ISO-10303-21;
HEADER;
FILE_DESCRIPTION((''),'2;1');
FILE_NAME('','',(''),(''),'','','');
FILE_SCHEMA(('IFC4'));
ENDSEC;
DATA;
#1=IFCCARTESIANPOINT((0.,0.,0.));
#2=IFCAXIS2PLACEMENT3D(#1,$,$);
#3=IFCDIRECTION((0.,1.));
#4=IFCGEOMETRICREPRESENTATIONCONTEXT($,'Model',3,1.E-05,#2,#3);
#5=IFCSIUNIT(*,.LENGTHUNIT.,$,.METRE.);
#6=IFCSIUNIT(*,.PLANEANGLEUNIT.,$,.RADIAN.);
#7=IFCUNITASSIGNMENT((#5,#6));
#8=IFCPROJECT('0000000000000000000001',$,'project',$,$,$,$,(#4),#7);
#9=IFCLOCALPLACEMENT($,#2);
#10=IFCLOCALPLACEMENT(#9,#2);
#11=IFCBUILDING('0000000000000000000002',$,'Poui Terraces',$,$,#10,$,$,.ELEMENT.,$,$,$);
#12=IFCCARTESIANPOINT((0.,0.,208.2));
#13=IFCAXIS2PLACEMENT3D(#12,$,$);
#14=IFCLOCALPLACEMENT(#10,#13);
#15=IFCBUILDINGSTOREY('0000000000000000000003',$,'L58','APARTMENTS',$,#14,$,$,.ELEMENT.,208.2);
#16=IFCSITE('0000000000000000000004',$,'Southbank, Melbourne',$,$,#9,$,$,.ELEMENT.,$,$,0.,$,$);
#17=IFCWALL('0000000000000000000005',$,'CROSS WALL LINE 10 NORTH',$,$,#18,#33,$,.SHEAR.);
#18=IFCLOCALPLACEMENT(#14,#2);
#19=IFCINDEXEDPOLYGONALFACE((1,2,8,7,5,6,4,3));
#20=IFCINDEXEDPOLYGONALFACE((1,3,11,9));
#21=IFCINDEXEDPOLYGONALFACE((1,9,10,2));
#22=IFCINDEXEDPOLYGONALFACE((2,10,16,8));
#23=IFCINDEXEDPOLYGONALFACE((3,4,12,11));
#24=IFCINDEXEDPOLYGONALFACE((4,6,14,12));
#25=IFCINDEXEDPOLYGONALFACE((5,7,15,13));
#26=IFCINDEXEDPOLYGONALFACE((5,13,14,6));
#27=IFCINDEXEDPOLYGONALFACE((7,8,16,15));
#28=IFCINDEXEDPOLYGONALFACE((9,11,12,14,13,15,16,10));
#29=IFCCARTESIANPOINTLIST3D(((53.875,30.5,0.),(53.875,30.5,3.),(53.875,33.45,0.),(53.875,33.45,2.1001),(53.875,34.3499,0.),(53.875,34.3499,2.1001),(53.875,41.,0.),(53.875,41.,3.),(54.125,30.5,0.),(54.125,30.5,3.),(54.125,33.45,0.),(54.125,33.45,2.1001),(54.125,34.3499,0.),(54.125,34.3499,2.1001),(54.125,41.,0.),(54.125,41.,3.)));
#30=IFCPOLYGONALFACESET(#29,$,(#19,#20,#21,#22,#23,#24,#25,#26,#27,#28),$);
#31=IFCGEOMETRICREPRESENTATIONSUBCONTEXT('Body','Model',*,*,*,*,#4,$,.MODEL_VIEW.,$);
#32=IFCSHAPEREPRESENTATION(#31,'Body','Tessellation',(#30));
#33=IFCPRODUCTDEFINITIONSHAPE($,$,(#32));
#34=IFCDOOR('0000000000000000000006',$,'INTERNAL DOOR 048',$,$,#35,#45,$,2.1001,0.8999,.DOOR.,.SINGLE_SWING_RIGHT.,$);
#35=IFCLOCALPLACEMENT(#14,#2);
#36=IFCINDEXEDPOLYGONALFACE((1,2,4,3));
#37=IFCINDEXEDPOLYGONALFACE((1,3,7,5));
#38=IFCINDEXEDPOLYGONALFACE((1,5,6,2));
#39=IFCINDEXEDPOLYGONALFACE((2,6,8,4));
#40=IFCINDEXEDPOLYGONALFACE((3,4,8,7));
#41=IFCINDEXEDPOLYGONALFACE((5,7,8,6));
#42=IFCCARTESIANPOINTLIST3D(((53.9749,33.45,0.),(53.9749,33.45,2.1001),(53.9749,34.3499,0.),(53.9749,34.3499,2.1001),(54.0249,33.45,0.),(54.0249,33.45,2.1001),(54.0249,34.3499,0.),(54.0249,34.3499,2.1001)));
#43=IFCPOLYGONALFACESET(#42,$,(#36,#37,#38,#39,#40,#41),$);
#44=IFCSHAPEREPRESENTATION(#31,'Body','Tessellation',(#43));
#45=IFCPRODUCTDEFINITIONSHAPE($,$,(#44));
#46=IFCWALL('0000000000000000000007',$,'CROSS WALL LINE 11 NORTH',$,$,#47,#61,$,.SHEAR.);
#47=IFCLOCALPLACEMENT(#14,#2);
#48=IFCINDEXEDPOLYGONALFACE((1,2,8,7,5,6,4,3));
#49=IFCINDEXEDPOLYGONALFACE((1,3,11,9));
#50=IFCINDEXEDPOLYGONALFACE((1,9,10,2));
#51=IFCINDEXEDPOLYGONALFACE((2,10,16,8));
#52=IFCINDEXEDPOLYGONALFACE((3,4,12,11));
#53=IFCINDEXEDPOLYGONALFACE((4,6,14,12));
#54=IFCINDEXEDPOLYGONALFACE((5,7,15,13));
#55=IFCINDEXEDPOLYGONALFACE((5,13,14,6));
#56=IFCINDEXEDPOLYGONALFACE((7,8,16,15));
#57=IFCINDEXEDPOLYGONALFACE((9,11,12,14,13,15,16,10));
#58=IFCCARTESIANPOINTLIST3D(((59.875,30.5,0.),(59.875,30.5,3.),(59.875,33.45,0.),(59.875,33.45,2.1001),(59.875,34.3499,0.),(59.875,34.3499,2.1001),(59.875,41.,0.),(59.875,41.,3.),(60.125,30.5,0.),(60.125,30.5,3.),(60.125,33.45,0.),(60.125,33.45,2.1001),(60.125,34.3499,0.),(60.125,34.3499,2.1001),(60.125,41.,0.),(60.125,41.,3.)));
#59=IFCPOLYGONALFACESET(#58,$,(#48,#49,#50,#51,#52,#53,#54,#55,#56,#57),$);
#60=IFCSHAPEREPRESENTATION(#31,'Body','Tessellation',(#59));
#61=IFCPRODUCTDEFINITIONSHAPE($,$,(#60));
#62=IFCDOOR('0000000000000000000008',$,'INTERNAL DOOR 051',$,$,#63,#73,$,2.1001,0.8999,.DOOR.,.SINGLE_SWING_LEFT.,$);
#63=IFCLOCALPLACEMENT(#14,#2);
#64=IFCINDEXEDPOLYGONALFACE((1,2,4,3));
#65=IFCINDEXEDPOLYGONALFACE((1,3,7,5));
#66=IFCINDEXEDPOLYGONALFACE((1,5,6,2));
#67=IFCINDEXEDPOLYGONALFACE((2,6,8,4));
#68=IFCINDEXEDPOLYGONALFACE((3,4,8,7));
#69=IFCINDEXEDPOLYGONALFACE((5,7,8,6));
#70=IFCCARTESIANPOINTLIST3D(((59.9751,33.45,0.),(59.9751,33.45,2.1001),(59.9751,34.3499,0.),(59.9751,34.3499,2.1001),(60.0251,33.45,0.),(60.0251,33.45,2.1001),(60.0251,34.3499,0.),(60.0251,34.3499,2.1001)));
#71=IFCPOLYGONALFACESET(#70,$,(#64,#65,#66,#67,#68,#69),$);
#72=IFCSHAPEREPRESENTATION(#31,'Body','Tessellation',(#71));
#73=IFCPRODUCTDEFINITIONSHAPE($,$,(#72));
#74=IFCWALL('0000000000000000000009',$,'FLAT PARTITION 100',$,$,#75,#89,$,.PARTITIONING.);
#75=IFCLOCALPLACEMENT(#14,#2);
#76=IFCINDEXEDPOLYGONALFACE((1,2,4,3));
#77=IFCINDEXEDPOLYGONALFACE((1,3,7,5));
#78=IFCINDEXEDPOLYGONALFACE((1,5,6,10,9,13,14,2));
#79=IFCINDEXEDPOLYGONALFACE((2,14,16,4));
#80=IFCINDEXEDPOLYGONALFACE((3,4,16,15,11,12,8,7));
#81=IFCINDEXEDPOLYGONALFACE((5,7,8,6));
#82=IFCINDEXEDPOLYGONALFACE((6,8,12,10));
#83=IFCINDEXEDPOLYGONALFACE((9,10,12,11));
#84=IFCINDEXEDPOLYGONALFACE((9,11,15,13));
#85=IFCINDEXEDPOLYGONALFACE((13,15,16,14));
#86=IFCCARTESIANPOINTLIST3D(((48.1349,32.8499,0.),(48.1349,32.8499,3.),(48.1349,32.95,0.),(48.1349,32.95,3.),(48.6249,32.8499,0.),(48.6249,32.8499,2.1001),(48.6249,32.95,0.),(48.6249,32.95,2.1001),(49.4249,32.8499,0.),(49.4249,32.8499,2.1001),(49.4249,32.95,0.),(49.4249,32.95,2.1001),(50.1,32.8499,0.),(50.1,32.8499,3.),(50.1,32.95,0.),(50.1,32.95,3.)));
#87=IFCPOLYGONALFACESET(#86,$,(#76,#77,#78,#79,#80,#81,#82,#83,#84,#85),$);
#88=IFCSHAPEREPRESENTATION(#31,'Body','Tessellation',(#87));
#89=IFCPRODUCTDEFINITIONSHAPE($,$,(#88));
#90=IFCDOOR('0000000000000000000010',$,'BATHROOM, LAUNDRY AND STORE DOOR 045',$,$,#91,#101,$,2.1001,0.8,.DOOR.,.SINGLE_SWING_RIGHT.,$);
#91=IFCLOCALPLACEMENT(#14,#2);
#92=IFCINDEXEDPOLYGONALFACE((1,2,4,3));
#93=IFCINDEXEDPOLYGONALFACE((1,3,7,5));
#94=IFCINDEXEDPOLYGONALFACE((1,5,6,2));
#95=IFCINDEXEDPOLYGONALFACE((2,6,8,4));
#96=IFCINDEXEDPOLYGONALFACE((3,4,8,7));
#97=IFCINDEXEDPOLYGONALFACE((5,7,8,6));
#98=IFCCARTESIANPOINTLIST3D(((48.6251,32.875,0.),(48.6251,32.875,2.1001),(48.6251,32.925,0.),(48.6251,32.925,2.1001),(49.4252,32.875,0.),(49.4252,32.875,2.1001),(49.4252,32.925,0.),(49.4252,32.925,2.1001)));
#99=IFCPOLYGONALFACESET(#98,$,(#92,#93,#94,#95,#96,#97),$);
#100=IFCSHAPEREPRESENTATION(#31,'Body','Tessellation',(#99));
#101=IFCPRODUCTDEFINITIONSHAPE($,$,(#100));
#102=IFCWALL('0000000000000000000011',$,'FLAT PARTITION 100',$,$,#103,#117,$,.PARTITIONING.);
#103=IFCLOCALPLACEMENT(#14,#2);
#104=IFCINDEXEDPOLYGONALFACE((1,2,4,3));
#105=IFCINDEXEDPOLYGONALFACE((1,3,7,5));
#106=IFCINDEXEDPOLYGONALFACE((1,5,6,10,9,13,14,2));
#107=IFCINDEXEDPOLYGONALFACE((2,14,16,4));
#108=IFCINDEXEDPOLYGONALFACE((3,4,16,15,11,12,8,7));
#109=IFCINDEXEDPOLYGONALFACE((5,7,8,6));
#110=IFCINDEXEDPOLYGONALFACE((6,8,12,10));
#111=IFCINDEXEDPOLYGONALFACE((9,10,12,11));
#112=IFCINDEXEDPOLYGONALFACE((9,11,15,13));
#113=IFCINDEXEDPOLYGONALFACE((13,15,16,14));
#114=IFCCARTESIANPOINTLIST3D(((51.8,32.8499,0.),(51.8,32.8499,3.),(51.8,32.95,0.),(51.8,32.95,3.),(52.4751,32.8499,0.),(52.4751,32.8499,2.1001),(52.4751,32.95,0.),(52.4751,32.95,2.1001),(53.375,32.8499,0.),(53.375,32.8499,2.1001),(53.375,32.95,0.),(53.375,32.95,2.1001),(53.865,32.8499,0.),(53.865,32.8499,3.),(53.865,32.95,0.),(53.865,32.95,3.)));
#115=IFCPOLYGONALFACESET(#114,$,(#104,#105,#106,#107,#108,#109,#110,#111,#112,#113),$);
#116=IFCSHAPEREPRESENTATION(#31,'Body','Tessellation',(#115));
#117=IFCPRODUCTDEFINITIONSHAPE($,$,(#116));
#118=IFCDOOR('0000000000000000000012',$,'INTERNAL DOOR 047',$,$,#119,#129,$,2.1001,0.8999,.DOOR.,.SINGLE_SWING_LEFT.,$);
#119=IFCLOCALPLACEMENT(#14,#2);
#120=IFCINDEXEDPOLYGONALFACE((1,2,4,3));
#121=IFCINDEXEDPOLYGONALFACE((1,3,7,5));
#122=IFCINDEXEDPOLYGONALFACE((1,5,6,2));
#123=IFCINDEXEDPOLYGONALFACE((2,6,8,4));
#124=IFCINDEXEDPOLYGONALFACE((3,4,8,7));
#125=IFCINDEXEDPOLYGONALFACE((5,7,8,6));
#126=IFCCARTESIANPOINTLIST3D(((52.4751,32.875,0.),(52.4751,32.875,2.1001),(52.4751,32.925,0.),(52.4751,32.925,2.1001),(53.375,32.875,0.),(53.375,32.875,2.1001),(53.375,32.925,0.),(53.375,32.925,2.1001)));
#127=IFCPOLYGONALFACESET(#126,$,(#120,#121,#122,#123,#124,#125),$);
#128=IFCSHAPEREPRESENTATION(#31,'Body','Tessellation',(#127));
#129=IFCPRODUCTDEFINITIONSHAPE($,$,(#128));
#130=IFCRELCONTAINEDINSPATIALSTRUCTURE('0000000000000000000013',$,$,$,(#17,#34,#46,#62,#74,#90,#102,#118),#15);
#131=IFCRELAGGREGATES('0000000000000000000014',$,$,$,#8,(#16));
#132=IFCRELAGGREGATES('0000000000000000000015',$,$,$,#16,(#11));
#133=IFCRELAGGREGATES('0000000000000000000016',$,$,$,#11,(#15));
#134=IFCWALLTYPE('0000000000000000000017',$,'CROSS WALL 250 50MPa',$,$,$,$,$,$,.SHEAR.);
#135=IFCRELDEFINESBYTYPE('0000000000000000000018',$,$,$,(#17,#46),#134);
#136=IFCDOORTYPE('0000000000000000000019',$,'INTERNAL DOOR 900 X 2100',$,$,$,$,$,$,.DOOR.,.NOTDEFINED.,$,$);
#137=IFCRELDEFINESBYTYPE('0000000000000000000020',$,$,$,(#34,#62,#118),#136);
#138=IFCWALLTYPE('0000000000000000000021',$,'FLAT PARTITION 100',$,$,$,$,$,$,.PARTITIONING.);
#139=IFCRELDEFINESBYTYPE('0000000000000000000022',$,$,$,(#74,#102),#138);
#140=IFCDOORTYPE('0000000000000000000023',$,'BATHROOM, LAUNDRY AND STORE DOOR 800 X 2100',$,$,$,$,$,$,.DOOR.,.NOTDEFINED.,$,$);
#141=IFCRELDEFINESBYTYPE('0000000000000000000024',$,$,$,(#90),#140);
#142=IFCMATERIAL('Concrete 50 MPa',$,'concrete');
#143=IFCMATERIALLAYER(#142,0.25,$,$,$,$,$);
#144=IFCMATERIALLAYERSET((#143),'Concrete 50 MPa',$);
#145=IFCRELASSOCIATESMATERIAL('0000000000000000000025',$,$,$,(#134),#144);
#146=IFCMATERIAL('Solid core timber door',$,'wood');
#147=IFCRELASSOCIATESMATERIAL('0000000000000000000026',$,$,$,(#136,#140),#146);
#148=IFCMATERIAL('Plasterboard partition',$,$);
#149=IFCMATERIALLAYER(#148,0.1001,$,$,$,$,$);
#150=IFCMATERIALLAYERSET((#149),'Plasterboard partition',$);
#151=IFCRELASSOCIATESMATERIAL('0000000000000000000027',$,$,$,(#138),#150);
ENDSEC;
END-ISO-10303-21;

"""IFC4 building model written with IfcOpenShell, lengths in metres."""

from ifc_helpers import new_model, si_unit, direction, frame, frame_2d, origin, place, context, subcontext, project, spatial, rectangle, extrude, material, layer, layer_set, type_object, element, fill, save


model = new_model("IFC4")

# Units and contexts
model_context = context("Model", 3, precision=1e-05, world=origin(), true_north=direction((0.0, 1.0)))
body_context = subcontext(model_context, "Body", "Model", "MODEL_VIEW")
ifc_project = project(units=[si_unit("LENGTHUNIT", "METRE"), si_unit("PLANEANGLEUNIT", "RADIAN")], contexts=[model_context])

# Site, building, storey
site_placement = place(None, origin())
site = spatial("IfcSite", under=ifc_project, at=site_placement, Name="Southbank, Melbourne", CompositionType="ELEMENT", RefElevation=0.0)
building_placement = place(site_placement, origin())
building = spatial("IfcBuilding", under=site, at=building_placement, Name="Poui Terraces", CompositionType="ELEMENT")
storey_placement = place(building_placement, frame((0.0, 0.0, 208.2)))
storey = spatial("IfcBuildingStorey", under=building, at=storey_placement, Name="L58", Description="APARTMENTS", CompositionType="ELEMENT", Elevation=208.2)

# Walls, openings, doors
ifc_material_1 = material(Name="Concrete 50 MPa", Category="concrete")
ifc_layer_1 = layer(ifc_material_1, 0.25)
ifc_layer_set_1 = layer_set([ifc_layer_1], Name="Concrete 50 MPa")
wall_type_1 = type_object("IfcWallType", Name="CROSS WALL 250 50MPa", PredefinedType="SHEAR", material=ifc_layer_set_1)
wall_1_placement = place(storey_placement, frame((54.0, 30.5, 0.0), z_axis=(0.0, 0.0, 1.0), x_axis=(0.0, 1.0, 0.0)))
wall_1 = element("IfcWall", 1, at=wall_1_placement, inside=storey, type_object=wall_type_1, Name="CROSS WALL LINE 10 NORTH", PredefinedType="SHEAR", context=body_context, shape_type="SweptSolid", body=[
    extrude(rectangle(XDim=10.5, YDim=0.25, at=frame_2d((5.25, 0.0))), origin(), (0.0, 0.0, 1.0), 3.0),
])
opening_1_placement = place(wall_1_placement, frame((2.95, 0.0, 0.0)))
opening_1 = element("IfcOpeningElement", 2, at=opening_1_placement, cuts=wall_1, PredefinedType="OPENING", context=body_context, shape_type="SweptSolid", body=[
    extrude(rectangle(XDim=0.8999, YDim=2.1001, at=frame_2d((0.45, 1.05))), frame((0.0, 0.135, 0.0), z_axis=(0.0, -1.0, 0.0), x_axis=(1.0, 0.0, 0.0)), (0.0, 0.0, 1.0), 0.27),
])
ifc_material_2 = material(Name="Solid core timber door", Category="wood")
door_type_1 = type_object("IfcDoorType", Name="INTERNAL DOOR 900 X 2100", OperationType="NOTDEFINED", PredefinedType="DOOR", material=ifc_material_2)
door_1_placement = place(opening_1_placement, frame((0.8999, 0.0, 0.0), z_axis=(0.0, 0.0, 1.0), x_axis=(-1.0, 0.0, 0.0)))
door_1 = element("IfcDoor", 3, at=door_1_placement, inside=storey, type_object=door_type_1, Name="INTERNAL DOOR 048", OperationType="SINGLE_SWING_RIGHT", OverallHeight=2.1001, OverallWidth=0.8999, PredefinedType="DOOR", context=body_context, shape_type="SweptSolid", body=[
    extrude(rectangle(XDim=0.8999, YDim=2.1001, at=frame_2d((0.45, 1.05))), frame((0.0, 0.0249, 0.0), z_axis=(0.0, -1.0, 0.0), x_axis=(1.0, 0.0, 0.0)), (0.0, 0.0, 1.0), 0.05),
])
fill(opening_1, door_1)
wall_2_placement = place(storey_placement, frame((60.0, 30.5, 0.0), z_axis=(0.0, 0.0, 1.0), x_axis=(0.0, 1.0, 0.0)))
wall_2 = element("IfcWall", 4, at=wall_2_placement, inside=storey, type_object=wall_type_1, Name="CROSS WALL LINE 11 NORTH", PredefinedType="SHEAR", context=body_context, shape_type="SweptSolid", body=[
    extrude(rectangle(XDim=10.5, YDim=0.25, at=frame_2d((5.25, 0.0))), origin(), (0.0, 0.0, 1.0), 3.0),
])
opening_2_placement = place(wall_2_placement, frame((2.95, 0.0, 0.0)))
opening_2 = element("IfcOpeningElement", 5, at=opening_2_placement, cuts=wall_2, PredefinedType="OPENING", context=body_context, shape_type="SweptSolid", body=[
    extrude(rectangle(XDim=0.8999, YDim=2.1001, at=frame_2d((0.45, 1.05))), frame((0.0, 0.135, 0.0), z_axis=(0.0, -1.0, 0.0), x_axis=(1.0, 0.0, 0.0)), (0.0, 0.0, 1.0), 0.27),
])
door_2_placement = place(opening_2_placement, origin())
door_2 = element("IfcDoor", 6, at=door_2_placement, inside=storey, type_object=door_type_1, Name="INTERNAL DOOR 051", OperationType="SINGLE_SWING_LEFT", OverallHeight=2.1001, OverallWidth=0.8999, PredefinedType="DOOR", context=body_context, shape_type="SweptSolid", body=[
    extrude(rectangle(XDim=0.8999, YDim=2.1001, at=frame_2d((0.45, 1.05))), frame((0.0, 0.0249, 0.0), z_axis=(0.0, -1.0, 0.0), x_axis=(1.0, 0.0, 0.0)), (0.0, 0.0, 1.0), 0.05),
])
fill(opening_2, door_2)
ifc_material_3 = material(Name="Plasterboard partition")
ifc_layer_2 = layer(ifc_material_3, 0.1001)
ifc_layer_set_2 = layer_set([ifc_layer_2], Name="Plasterboard partition")
wall_type_2 = type_object("IfcWallType", Name="FLAT PARTITION 100", PredefinedType="PARTITIONING", material=ifc_layer_set_2)
wall_3_placement = place(storey_placement, frame((48.135, 32.8999, 0.0), z_axis=(0.0, 0.0, 1.0), x_axis=(1.0, 0.0, 0.0)))
wall_3 = element("IfcWall", 7, at=wall_3_placement, inside=storey, type_object=wall_type_2, Name="FLAT PARTITION 100", PredefinedType="PARTITIONING", context=body_context, shape_type="SweptSolid", body=[
    extrude(rectangle(XDim=1.9651, YDim=0.1001, at=frame_2d((0.9824, 0.0))), origin(), (0.0, 0.0, 1.0), 3.0),
])
opening_3_placement = place(wall_3_placement, frame((0.49, 0.0, 0.0)))
opening_3 = element("IfcOpeningElement", 8, at=opening_3_placement, cuts=wall_3, PredefinedType="OPENING", context=body_context, shape_type="SweptSolid", body=[
    extrude(rectangle(XDim=0.8, YDim=2.1001, at=frame_2d((0.3999, 1.05))), frame((0.0, 0.0601, 0.0), z_axis=(0.0, -1.0, 0.0), x_axis=(1.0, 0.0, 0.0)), (0.0, 0.0, 1.0), 0.1201),
])
door_type_2 = type_object("IfcDoorType", Name="BATHROOM, LAUNDRY AND STORE DOOR 800 X 2100", OperationType="NOTDEFINED", PredefinedType="DOOR", material=ifc_material_2)
door_3_placement = place(opening_3_placement, frame((0.8, 0.0, 0.0), z_axis=(0.0, 0.0, 1.0), x_axis=(-1.0, 0.0, 0.0)))
door_3 = element("IfcDoor", 9, at=door_3_placement, inside=storey, type_object=door_type_2, Name="BATHROOM, LAUNDRY AND STORE DOOR 045", OperationType="SINGLE_SWING_RIGHT", OverallHeight=2.1001, OverallWidth=0.8, PredefinedType="DOOR", context=body_context, shape_type="SweptSolid", body=[
    extrude(rectangle(XDim=0.8, YDim=2.1001, at=frame_2d((0.3999, 1.05))), frame((0.0, 0.0249, 0.0), z_axis=(0.0, -1.0, 0.0), x_axis=(1.0, 0.0, 0.0)), (0.0, 0.0, 1.0), 0.05),
])
fill(opening_3, door_3)
wall_4_placement = place(storey_placement, frame((51.8, 32.8999, 0.0), z_axis=(0.0, 0.0, 1.0), x_axis=(1.0, 0.0, 0.0)))
wall_4 = element("IfcWall", 10, at=wall_4_placement, inside=storey, type_object=wall_type_2, Name="FLAT PARTITION 100", PredefinedType="PARTITIONING", context=body_context, shape_type="SweptSolid", body=[
    extrude(rectangle(XDim=2.0649, YDim=0.1001, at=frame_2d((1.0325, 0.0))), origin(), (0.0, 0.0, 1.0), 3.0),
])
opening_4_placement = place(wall_4_placement, frame((0.675, 0.0, 0.0)))
opening_4 = element("IfcOpeningElement", 11, at=opening_4_placement, cuts=wall_4, PredefinedType="OPENING", context=body_context, shape_type="SweptSolid", body=[
    extrude(rectangle(XDim=0.8999, YDim=2.1001, at=frame_2d((0.45, 1.05))), frame((0.0, 0.0601, 0.0), z_axis=(0.0, -1.0, 0.0), x_axis=(1.0, 0.0, 0.0)), (0.0, 0.0, 1.0), 0.1201),
])
door_4_placement = place(opening_4_placement, frame((0.8999, 0.0, 0.0), z_axis=(0.0, 0.0, 1.0), x_axis=(-1.0, 0.0, 0.0)))
door_4 = element("IfcDoor", 12, at=door_4_placement, inside=storey, type_object=door_type_1, Name="INTERNAL DOOR 047", OperationType="SINGLE_SWING_LEFT", OverallHeight=2.1001, OverallWidth=0.8999, PredefinedType="DOOR", context=body_context, shape_type="SweptSolid", body=[
    extrude(rectangle(XDim=0.8999, YDim=2.1001, at=frame_2d((0.45, 1.05))), frame((0.0, 0.0249, 0.0), z_axis=(0.0, -1.0, 0.0), x_axis=(1.0, 0.0, 0.0)), (0.0, 0.0, 1.0), 0.05),
])
fill(opening_4, door_4)

save(model, "model.ifc")
